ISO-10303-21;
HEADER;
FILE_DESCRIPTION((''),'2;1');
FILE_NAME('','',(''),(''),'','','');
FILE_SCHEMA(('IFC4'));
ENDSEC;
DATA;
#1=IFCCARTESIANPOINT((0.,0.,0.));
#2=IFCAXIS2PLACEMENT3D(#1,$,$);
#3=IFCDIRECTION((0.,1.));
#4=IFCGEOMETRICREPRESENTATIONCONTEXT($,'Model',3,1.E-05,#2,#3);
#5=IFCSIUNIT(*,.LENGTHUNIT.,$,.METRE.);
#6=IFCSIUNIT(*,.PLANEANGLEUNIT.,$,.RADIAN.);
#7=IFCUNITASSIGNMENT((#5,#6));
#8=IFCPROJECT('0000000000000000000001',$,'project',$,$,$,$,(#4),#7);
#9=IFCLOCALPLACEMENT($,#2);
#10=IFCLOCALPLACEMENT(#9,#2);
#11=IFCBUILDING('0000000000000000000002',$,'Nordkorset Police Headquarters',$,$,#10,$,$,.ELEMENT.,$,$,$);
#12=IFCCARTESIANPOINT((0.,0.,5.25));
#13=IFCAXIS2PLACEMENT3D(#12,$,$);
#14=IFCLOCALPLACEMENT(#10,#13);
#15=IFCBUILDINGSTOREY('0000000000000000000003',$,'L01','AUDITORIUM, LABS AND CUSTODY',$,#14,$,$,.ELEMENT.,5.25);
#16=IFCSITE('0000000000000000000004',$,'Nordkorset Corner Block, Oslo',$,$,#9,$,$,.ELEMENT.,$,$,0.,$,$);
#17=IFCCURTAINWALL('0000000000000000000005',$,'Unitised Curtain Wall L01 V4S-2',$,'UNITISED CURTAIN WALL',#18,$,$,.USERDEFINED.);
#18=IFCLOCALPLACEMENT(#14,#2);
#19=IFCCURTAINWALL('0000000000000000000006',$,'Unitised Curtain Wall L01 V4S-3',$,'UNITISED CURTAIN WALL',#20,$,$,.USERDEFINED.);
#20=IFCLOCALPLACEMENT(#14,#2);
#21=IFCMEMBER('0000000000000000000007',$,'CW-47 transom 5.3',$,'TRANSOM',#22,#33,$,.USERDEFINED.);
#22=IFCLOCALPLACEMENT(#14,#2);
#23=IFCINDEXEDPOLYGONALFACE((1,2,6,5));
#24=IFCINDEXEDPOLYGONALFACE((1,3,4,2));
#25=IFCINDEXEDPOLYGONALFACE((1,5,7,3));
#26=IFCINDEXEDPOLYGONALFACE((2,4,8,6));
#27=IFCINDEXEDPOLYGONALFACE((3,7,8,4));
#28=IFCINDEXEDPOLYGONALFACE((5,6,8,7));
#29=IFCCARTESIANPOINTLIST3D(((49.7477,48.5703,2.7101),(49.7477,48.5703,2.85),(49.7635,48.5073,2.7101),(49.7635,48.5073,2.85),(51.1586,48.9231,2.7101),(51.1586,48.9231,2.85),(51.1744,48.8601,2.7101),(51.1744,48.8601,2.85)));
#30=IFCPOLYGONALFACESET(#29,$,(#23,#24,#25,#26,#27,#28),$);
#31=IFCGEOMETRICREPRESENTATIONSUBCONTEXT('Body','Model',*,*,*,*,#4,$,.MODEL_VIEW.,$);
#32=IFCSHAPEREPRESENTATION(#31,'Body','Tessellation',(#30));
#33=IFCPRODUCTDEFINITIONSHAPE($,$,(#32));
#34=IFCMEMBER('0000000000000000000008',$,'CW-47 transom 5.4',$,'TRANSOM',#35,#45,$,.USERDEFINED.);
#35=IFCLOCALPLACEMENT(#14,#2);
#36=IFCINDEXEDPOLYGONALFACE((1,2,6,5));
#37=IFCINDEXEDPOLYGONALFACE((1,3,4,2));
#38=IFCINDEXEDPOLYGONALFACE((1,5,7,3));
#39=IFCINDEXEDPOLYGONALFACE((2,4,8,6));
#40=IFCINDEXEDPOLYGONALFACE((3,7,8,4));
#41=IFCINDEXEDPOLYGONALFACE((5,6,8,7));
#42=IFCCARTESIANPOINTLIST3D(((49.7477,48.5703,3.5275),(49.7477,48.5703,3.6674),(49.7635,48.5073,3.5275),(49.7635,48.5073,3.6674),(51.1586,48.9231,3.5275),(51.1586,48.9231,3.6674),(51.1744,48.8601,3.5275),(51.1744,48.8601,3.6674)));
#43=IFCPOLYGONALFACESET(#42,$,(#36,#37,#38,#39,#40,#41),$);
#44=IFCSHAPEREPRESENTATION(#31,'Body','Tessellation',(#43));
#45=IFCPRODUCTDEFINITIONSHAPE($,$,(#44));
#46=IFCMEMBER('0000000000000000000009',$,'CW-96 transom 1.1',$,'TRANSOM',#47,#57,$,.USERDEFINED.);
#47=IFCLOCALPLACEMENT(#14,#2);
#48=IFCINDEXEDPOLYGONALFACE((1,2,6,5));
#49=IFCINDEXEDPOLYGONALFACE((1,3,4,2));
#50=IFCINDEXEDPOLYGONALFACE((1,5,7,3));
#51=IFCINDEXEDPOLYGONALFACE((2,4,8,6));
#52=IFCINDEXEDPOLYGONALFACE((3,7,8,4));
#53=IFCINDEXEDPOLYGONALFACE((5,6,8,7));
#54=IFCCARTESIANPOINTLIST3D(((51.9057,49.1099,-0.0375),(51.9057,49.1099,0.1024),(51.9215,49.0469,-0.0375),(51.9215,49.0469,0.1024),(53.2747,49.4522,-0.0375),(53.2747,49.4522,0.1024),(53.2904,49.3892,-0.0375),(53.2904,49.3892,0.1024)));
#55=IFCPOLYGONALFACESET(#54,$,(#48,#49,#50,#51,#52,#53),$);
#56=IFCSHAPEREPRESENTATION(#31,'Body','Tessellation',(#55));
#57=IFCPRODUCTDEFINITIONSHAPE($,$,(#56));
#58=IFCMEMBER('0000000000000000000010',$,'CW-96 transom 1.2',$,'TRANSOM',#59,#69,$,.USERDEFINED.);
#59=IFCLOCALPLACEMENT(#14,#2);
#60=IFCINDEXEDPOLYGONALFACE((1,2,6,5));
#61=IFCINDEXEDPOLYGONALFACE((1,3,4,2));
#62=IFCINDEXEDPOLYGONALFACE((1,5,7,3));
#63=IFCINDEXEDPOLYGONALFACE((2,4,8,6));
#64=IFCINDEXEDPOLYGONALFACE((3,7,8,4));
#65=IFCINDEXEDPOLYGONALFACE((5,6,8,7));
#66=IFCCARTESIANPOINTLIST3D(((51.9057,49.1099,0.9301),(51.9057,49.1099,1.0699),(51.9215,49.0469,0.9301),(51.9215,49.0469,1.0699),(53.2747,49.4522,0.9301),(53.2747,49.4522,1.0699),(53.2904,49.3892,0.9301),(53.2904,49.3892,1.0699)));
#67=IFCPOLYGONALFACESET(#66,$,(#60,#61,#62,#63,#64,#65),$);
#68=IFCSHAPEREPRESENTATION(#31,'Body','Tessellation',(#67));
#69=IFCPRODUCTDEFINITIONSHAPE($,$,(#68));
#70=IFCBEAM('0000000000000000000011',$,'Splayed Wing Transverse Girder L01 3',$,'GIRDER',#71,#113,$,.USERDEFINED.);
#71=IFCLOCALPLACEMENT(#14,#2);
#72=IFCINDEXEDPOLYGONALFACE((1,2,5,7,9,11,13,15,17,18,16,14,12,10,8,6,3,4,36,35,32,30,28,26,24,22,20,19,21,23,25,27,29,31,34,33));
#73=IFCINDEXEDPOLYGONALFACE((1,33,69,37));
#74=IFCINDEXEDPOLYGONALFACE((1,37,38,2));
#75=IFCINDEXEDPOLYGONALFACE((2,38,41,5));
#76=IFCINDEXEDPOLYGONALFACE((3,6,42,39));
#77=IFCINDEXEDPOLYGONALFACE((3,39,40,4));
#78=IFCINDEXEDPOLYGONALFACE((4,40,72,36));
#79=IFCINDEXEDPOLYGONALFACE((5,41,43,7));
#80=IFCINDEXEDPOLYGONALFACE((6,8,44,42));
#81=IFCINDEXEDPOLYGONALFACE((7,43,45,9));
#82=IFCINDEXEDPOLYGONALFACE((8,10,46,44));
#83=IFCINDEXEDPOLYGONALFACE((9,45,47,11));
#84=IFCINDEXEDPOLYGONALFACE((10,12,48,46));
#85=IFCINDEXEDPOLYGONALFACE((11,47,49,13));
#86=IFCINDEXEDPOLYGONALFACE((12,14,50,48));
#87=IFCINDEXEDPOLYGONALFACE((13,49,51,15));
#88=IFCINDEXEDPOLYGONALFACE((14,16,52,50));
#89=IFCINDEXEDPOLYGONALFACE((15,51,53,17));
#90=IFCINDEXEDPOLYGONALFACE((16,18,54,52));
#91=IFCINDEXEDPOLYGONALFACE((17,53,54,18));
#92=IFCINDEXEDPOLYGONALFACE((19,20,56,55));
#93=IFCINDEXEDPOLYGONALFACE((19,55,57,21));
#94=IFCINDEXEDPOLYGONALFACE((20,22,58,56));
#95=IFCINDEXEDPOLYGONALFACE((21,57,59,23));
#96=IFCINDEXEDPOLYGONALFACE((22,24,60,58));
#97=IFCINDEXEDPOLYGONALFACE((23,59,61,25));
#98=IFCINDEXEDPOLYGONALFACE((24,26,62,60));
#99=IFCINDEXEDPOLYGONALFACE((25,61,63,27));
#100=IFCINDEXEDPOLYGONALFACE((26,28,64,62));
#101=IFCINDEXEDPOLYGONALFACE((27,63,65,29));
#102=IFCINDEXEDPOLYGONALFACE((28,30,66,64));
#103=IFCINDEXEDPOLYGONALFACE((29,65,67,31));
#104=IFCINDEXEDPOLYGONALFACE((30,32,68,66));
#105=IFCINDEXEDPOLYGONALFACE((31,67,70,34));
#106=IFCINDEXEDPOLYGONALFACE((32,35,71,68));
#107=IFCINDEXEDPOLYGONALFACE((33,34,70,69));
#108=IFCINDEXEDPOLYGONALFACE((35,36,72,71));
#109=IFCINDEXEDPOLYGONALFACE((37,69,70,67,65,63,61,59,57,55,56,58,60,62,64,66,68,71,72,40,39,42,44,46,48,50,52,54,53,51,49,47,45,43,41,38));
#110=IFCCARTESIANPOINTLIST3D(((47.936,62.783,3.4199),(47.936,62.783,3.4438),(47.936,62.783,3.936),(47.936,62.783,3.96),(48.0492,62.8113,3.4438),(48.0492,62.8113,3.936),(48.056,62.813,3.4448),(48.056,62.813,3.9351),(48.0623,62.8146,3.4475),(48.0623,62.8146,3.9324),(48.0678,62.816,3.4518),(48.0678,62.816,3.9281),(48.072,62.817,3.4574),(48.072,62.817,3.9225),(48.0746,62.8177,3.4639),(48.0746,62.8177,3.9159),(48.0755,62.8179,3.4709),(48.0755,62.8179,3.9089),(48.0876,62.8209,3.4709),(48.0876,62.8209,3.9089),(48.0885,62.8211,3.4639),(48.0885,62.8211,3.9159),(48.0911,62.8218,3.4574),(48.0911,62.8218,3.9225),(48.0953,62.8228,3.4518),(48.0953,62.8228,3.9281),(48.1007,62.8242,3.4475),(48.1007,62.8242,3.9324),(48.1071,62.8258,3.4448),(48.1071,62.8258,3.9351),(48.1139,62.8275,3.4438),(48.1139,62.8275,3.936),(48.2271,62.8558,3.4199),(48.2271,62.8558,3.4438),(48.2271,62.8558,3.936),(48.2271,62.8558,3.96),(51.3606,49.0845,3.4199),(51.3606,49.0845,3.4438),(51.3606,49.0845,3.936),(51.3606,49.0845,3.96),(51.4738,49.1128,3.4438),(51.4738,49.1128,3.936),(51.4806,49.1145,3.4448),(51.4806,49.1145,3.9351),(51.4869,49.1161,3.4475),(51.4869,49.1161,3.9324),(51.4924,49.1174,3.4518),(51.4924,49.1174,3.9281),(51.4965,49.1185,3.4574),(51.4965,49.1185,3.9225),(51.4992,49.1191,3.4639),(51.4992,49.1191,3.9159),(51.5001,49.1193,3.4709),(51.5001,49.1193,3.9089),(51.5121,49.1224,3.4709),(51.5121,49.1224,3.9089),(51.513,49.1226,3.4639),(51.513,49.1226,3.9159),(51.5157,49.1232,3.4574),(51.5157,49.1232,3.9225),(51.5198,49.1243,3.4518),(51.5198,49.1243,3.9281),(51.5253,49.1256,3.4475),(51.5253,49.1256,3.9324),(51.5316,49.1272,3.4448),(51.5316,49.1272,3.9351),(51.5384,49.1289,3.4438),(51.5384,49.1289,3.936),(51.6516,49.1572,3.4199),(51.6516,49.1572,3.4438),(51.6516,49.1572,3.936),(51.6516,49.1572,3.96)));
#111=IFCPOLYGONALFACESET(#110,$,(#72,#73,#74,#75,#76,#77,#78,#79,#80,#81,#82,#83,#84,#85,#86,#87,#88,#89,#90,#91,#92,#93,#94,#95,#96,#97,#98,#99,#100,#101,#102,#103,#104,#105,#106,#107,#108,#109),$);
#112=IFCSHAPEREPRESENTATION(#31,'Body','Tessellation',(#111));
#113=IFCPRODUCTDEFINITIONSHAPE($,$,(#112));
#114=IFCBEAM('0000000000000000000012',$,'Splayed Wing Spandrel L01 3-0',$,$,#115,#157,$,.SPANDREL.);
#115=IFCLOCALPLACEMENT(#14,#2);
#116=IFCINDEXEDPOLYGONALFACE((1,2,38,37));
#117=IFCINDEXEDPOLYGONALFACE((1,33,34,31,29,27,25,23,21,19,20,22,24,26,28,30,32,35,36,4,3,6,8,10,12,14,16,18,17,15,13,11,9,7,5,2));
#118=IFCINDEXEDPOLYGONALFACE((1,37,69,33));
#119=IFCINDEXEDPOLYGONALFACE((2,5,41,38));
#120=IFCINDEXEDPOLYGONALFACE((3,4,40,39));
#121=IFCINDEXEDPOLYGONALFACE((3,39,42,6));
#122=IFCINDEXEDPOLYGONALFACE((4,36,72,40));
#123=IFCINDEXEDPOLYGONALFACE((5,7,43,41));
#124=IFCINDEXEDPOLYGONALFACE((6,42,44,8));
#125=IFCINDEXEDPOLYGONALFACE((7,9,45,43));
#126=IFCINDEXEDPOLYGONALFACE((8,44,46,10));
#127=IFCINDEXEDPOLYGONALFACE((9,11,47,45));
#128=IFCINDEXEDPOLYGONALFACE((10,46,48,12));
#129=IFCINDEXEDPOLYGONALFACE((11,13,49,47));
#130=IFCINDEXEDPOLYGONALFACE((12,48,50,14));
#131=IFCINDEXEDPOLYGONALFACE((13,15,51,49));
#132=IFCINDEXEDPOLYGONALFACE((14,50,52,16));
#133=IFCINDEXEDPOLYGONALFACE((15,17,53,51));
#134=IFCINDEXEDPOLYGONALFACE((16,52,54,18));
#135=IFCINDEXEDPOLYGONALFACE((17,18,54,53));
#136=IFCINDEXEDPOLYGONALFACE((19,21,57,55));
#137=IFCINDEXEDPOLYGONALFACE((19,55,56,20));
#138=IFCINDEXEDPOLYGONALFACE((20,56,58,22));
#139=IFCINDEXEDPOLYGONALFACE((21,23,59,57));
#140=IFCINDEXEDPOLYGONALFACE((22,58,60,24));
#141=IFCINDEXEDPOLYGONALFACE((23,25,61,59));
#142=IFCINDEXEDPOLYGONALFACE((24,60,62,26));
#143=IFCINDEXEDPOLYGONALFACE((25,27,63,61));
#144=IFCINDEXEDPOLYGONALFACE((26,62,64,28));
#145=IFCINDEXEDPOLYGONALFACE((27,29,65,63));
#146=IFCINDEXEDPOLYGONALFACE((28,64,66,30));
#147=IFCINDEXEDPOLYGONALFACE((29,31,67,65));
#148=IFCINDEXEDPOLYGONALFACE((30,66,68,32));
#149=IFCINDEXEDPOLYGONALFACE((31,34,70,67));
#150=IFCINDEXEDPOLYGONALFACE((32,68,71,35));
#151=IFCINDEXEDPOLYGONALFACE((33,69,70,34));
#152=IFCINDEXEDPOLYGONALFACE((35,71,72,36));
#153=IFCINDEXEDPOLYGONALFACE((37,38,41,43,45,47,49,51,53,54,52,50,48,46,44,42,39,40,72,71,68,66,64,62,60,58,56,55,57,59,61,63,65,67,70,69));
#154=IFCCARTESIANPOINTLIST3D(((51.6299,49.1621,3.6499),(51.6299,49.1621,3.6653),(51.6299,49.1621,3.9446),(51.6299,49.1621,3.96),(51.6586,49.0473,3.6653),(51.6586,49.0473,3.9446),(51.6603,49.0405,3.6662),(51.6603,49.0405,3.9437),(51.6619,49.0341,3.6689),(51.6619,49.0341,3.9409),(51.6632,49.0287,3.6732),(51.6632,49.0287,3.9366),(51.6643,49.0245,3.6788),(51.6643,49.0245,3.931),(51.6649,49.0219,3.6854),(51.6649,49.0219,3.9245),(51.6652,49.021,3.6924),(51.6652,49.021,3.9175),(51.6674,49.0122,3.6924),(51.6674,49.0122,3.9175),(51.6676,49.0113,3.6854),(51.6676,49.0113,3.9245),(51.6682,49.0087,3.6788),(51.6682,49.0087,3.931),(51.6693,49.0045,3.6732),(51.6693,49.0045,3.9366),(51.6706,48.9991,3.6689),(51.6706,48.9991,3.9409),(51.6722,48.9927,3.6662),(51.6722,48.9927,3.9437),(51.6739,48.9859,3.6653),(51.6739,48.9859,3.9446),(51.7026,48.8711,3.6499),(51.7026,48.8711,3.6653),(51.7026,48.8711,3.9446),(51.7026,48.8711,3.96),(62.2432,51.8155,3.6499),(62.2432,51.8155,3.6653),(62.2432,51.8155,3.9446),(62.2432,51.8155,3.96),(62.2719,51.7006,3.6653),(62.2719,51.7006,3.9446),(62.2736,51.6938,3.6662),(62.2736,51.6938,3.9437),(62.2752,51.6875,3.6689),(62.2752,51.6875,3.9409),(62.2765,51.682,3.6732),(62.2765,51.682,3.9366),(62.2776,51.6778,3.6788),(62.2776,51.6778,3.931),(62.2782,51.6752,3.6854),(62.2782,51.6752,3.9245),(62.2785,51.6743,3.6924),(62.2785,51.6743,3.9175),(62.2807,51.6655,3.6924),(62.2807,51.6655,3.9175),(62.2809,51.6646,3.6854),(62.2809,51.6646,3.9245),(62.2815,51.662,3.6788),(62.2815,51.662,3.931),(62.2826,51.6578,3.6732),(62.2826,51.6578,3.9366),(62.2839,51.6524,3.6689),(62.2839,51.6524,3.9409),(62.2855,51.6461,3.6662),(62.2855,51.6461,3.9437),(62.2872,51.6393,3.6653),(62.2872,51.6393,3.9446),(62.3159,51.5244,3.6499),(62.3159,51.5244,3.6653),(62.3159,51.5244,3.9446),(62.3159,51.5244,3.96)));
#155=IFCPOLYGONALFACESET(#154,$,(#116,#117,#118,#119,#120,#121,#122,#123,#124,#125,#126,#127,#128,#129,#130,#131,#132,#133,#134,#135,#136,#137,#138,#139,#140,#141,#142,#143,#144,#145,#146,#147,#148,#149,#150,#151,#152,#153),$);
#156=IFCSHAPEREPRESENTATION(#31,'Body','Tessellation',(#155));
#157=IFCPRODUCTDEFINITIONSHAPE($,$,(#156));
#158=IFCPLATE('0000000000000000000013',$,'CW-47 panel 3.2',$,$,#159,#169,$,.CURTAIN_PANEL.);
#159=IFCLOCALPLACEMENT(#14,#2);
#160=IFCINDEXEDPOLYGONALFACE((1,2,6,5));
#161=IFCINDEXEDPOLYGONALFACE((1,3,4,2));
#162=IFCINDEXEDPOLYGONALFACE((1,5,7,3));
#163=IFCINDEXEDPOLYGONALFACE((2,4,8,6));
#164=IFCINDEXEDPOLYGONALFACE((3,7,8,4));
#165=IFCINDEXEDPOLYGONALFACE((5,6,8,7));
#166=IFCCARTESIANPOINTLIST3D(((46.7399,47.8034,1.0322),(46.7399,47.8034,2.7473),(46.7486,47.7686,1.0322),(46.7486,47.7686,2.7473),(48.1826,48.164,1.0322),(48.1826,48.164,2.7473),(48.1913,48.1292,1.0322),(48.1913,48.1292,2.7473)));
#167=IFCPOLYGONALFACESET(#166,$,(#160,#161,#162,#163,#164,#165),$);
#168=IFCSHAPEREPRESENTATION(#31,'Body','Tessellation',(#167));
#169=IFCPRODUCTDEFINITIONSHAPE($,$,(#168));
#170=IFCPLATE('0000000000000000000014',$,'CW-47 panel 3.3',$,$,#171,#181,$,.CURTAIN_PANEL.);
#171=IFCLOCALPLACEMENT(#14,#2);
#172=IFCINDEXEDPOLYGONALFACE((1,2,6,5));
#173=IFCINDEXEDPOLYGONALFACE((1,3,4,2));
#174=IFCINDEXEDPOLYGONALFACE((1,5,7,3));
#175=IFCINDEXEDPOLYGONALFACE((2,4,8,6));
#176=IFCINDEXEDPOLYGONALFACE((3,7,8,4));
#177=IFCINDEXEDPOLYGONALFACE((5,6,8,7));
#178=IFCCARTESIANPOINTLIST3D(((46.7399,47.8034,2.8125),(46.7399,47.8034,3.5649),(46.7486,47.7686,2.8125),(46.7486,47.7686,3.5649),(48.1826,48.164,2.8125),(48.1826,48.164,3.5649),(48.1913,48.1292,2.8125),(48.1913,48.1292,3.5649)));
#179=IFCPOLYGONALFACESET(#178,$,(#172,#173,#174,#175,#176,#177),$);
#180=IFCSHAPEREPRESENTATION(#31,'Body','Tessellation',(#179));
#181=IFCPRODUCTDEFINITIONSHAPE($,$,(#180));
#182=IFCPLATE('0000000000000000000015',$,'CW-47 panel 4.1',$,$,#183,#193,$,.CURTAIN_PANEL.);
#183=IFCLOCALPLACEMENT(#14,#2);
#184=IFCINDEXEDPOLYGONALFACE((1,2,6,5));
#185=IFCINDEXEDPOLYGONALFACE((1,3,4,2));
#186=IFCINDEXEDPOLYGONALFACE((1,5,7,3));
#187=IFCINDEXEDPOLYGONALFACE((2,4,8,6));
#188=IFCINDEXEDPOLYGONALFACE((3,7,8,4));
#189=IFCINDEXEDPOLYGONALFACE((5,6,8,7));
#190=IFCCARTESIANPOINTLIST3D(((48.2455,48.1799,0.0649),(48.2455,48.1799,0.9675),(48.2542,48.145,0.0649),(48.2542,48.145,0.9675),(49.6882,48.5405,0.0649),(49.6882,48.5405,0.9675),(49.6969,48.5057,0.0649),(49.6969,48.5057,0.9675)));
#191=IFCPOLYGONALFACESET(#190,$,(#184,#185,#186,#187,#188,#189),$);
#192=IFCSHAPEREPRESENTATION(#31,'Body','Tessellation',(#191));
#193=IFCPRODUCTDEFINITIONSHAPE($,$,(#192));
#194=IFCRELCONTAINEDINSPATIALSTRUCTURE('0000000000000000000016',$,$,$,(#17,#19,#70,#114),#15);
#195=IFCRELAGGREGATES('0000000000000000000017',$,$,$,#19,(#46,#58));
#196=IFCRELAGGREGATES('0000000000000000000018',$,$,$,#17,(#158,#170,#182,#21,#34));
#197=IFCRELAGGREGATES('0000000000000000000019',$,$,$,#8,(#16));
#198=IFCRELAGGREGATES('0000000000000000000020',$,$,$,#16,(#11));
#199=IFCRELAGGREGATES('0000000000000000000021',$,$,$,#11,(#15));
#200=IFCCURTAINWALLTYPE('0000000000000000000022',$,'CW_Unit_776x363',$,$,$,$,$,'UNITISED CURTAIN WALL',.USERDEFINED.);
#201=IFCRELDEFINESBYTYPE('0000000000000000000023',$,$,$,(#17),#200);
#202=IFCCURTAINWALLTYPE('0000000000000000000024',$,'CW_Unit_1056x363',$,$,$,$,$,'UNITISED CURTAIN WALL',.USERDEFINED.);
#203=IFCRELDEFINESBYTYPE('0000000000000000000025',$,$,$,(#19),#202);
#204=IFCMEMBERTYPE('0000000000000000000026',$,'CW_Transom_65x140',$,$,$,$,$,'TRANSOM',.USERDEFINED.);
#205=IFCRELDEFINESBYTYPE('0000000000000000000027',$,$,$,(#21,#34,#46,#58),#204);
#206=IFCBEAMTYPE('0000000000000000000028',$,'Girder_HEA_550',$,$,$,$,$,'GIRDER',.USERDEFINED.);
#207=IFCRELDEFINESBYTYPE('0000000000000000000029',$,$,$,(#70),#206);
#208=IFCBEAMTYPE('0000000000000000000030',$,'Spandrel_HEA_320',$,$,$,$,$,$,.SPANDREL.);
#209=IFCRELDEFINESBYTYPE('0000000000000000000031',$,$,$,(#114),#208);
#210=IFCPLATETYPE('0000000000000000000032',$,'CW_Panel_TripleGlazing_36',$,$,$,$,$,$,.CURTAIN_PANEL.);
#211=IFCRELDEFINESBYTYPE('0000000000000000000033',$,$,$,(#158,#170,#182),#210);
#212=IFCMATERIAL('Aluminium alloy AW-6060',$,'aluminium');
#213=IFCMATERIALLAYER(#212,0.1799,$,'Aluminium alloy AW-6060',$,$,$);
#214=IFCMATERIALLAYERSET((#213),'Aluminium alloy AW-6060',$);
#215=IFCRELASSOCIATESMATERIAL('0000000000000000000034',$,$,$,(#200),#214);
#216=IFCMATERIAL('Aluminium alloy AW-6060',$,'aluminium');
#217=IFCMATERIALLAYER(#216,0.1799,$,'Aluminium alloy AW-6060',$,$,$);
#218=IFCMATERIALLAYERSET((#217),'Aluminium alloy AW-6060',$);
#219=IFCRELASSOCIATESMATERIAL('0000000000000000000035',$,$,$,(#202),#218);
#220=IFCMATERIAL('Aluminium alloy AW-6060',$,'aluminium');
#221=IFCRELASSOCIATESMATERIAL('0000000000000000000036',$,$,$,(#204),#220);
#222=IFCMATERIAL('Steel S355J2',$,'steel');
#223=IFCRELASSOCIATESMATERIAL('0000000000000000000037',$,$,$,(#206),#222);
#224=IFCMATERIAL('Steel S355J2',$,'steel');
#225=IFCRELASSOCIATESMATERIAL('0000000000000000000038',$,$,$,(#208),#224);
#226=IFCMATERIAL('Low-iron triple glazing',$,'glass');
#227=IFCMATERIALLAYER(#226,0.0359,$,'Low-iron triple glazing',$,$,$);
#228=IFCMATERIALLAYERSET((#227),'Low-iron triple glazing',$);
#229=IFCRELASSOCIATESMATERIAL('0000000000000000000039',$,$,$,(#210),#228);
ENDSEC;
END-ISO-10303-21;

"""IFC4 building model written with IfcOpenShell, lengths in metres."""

from ifc_helpers import new_model, si_unit, direction, frame, origin, origin_2d, place, context, subcontext, project, spatial, rectangle, i_section, extrude, material, layer, layer_set, material_profile, profile_set, type_object, element, aggregate, save


model = new_model("IFC4")

# Units and contexts
model_context = context("Model", 3, precision=1e-05, world=origin(), true_north=direction((0.0, 1.0)))
body_context = subcontext(model_context, "Body", "Model", "MODEL_VIEW")
ifc_project = project(units=[si_unit("LENGTHUNIT", "METRE"), si_unit("PLANEANGLEUNIT", "RADIAN")], contexts=[model_context])

# Site, building, storey
site_placement = place(None, origin())
site = spatial("IfcSite", under=ifc_project, at=site_placement, Name="Nordkorset Corner Block, Oslo", CompositionType="ELEMENT", RefElevation=0.0)
building_placement = place(site_placement, origin())
building = spatial("IfcBuilding", under=site, at=building_placement, Name="Nordkorset Police Headquarters", CompositionType="ELEMENT")
storey_placement = place(building_placement, frame((0.0, 0.0, 5.25)))
storey = spatial("IfcBuildingStorey", under=building, at=storey_placement, Name="L01", Description="AUDITORIUM, LABS AND CUSTODY", CompositionType="ELEMENT", Elevation=5.25)

# Curtain wall
ifc_material_1 = material(Name="Aluminium alloy AW-6060", Category="aluminium")
ifc_layer_1 = layer(ifc_material_1, 0.1799, Name="Aluminium alloy AW-6060")
ifc_layer_set_1 = layer_set([ifc_layer_1], Name="Aluminium alloy AW-6060")
curtain_wall_type_1 = type_object("IfcCurtainWallType", Name="CW_Unit_776x363", ElementType="UNITISED CURTAIN WALL", PredefinedType="USERDEFINED", material=ifc_layer_set_1)
curtain_wall_1_placement = place(storey_placement, origin())
curtain_wall_1 = element("IfcCurtainWall", 1, at=curtain_wall_1_placement, inside=storey, type_object=curtain_wall_type_1, Name="Unitised Curtain Wall L01 V4S-2", ObjectType="UNITISED CURTAIN WALL", PredefinedType="USERDEFINED")

# Curtain wall
ifc_material_2 = material(Name="Aluminium alloy AW-6060", Category="aluminium")
ifc_layer_2 = layer(ifc_material_2, 0.1799, Name="Aluminium alloy AW-6060")
ifc_layer_set_2 = layer_set([ifc_layer_2], Name="Aluminium alloy AW-6060")
curtain_wall_type_2 = type_object("IfcCurtainWallType", Name="CW_Unit_1056x363", ElementType="UNITISED CURTAIN WALL", PredefinedType="USERDEFINED", material=ifc_layer_set_2)
curtain_wall_2_placement = place(storey_placement, origin())
curtain_wall_2 = element("IfcCurtainWall", 2, at=curtain_wall_2_placement, inside=storey, type_object=curtain_wall_type_2, Name="Unitised Curtain Wall L01 V4S-3", ObjectType="UNITISED CURTAIN WALL", PredefinedType="USERDEFINED")

# Members
ifc_material_3 = material(Name="Aluminium alloy AW-6060", Category="aluminium")
ifc_material_profile_1 = material_profile(ifc_material_3, rectangle(XDim=0.0649, YDim=0.1399, at=origin_2d()), Name="ALU TRAN 65x140")
ifc_profile_set_1 = profile_set([ifc_material_profile_1], Name="Aluminium alloy AW-6060")
member_type_1 = type_object("IfcMemberType", Name="CW_Transom_65x140", ElementType="TRANSOM", PredefinedType="USERDEFINED", material=ifc_profile_set_1)
member_1_placement = place(storey_placement, frame((49.7556, 48.5388, 2.78), z_axis=(0.970133, 0.242575, 0.0), x_axis=(-0.242575, 0.970133, 0.0)))
member_1 = element("IfcMember", 3, at=member_1_placement, type_object=member_type_1, Name="CW-47 transom 5.3", ObjectType="TRANSOM", PredefinedType="USERDEFINED", context=body_context, shape_type="SweptSolid", body=[
    extrude(rectangle(XDim=0.0649, YDim=0.1399, at=origin_2d()), origin(), (0.0, 0.0, 1.0), 1.4543),
])
member_2_placement = place(storey_placement, frame((49.7556, 48.5388, 3.5974), z_axis=(0.970133, 0.242575, 0.0), x_axis=(-0.242575, 0.970133, 0.0)))
member_2 = element("IfcMember", 4, at=member_2_placement, type_object=member_type_1, Name="CW-47 transom 5.4", ObjectType="TRANSOM", PredefinedType="USERDEFINED", context=body_context, shape_type="SweptSolid", body=[
    extrude(rectangle(XDim=0.0649, YDim=0.1399, at=origin_2d()), origin(), (0.0, 0.0, 1.0), 1.4543),
])
member_3_placement = place(storey_placement, frame((51.9136, 49.0784, 0.0325), z_axis=(0.970132, 0.242576, 0.0), x_axis=(-0.242576, 0.970132, 0.0)))
member_3 = element("IfcMember", 5, at=member_3_placement, type_object=member_type_1, Name="CW-96 transom 1.1", ObjectType="TRANSOM", PredefinedType="USERDEFINED", context=body_context, shape_type="SweptSolid", body=[
    extrude(rectangle(XDim=0.0649, YDim=0.1399, at=origin_2d()), origin(), (0.0, 0.0, 1.0), 1.4111),
])
member_4_placement = place(storey_placement, frame((51.9136, 49.0784, 1.0), z_axis=(0.970132, 0.242576, 0.0), x_axis=(-0.242576, 0.970132, 0.0)))
member_4 = element("IfcMember", 6, at=member_4_placement, type_object=member_type_1, Name="CW-96 transom 1.2", ObjectType="TRANSOM", PredefinedType="USERDEFINED", context=body_context, shape_type="SweptSolid", body=[
    extrude(rectangle(XDim=0.0649, YDim=0.1399, at=origin_2d()), origin(), (0.0, 0.0, 1.0), 1.4111),
])
aggregate(curtain_wall_2, [member_3, member_4])

# Beams
ifc_material_4 = material(Name="Steel S355J2", Category="steel")
ifc_material_profile_2 = material_profile(ifc_material_4, i_section(OverallWidth=0.3, OverallDepth=0.54, WebThickness=0.0125, FlangeThickness=0.0239, FilletRadius=0.0271, at=origin_2d()), Name="HEA 550")
ifc_profile_set_2 = profile_set([ifc_material_profile_2], Name="Steel S355J2")
beam_type_1 = type_object("IfcBeamType", Name="Girder_HEA_550", ElementType="GIRDER", PredefinedType="USERDEFINED", material=ifc_profile_set_2)
beam_1_placement = place(storey_placement, frame((51.5061, 49.1208, 3.6899), z_axis=(-0.242532, 0.970144, 0.0), x_axis=(-0.970144, -0.242532, 0.0)))
element("IfcBeam", 7, at=beam_1_placement, inside=storey, type_object=beam_type_1, Name="Splayed Wing Transverse Girder L01 3", ObjectType="GIRDER", PredefinedType="USERDEFINED", context=body_context, shape_type="SweptSolid", body=[
    extrude(i_section(OverallWidth=0.3, OverallDepth=0.54, WebThickness=0.0125, FlangeThickness=0.0239, FilletRadius=0.0271, at=origin_2d()), origin(), (0.0, 0.0, 1.0), 14.1201),
])
ifc_material_5 = material(Name="Steel S355J2", Category="steel")
ifc_material_profile_3 = material_profile(ifc_material_5, i_section(OverallWidth=0.3, OverallDepth=0.3101, WebThickness=0.009, FlangeThickness=0.0154, FilletRadius=0.0271, at=origin_2d()), Name="HEA 320")
ifc_profile_set_3 = profile_set([ifc_material_profile_3], Name="Steel S355J2")
beam_type_2 = type_object("IfcBeamType", Name="Spandrel_HEA_320", PredefinedType="SPANDREL", material=ifc_profile_set_3)
beam_2_placement = place(storey_placement, frame((51.6663, 49.0166, 3.8049), z_axis=(0.970143, 0.242536, 0.0), x_axis=(-0.242536, 0.970143, 0.0)))
element("IfcBeam", 8, at=beam_2_placement, inside=storey, type_object=beam_type_2, Name="Splayed Wing Spandrel L01 3-0", PredefinedType="SPANDREL", context=body_context, shape_type="SweptSolid", body=[
    extrude(i_section(OverallWidth=0.3, OverallDepth=0.3101, WebThickness=0.009, FlangeThickness=0.0154, FilletRadius=0.0271, at=origin_2d()), origin(), (0.0, 0.0, 1.0), 10.9399),
])

# Plates
ifc_material_6 = material(Name="Low-iron triple glazing", Category="glass")
ifc_layer_3 = layer(ifc_material_6, 0.0359, Name="Low-iron triple glazing")
ifc_layer_set_3 = layer_set([ifc_layer_3], Name="Low-iron triple glazing")
plate_type = type_object("IfcPlateType", Name="CW_Panel_TripleGlazing_36", PredefinedType="CURTAIN_PANEL", material=ifc_layer_set_3)
plate_1_placement = place(storey_placement, frame((47.4656, 47.9663, 1.0322), z_axis=(0.0, 0.0, 1.0), x_axis=(0.970143, 0.242535, 0.0)))
plate_1 = element("IfcPlate", 9, at=plate_1_placement, type_object=plate_type, Name="CW-47 panel 3.2", PredefinedType="CURTAIN_PANEL", context=body_context, shape_type="SweptSolid", body=[
    extrude(rectangle(XDim=1.4871, YDim=0.0359, at=origin_2d()), origin(), (0.0, 0.0, 1.0), 1.7151),
])
plate_2_placement = place(storey_placement, frame((47.4656, 47.9663, 2.8125), z_axis=(0.0, 0.0, 1.0), x_axis=(0.970143, 0.242535, 0.0)))
plate_2 = element("IfcPlate", 10, at=plate_2_placement, type_object=plate_type, Name="CW-47 panel 3.3", PredefinedType="CURTAIN_PANEL", context=body_context, shape_type="SweptSolid", body=[
    extrude(rectangle(XDim=1.4871, YDim=0.0359, at=origin_2d()), origin(), (0.0, 0.0, 1.0), 0.7524),
])
plate_3_placement = place(storey_placement, frame((48.9712, 48.3428, 0.0649), z_axis=(0.0, 0.0, 1.0), x_axis=(0.970143, 0.242535, 0.0)))
plate_3 = element("IfcPlate", 11, at=plate_3_placement, type_object=plate_type, Name="CW-47 panel 4.1", PredefinedType="CURTAIN_PANEL", context=body_context, shape_type="SweptSolid", body=[
    extrude(rectangle(XDim=1.4871, YDim=0.0359, at=origin_2d()), origin(), (0.0, 0.0, 1.0), 0.9026),
])
aggregate(curtain_wall_1, [plate_1, plate_2, plate_3, member_1, member_2])

save(model, "model.ifc")
